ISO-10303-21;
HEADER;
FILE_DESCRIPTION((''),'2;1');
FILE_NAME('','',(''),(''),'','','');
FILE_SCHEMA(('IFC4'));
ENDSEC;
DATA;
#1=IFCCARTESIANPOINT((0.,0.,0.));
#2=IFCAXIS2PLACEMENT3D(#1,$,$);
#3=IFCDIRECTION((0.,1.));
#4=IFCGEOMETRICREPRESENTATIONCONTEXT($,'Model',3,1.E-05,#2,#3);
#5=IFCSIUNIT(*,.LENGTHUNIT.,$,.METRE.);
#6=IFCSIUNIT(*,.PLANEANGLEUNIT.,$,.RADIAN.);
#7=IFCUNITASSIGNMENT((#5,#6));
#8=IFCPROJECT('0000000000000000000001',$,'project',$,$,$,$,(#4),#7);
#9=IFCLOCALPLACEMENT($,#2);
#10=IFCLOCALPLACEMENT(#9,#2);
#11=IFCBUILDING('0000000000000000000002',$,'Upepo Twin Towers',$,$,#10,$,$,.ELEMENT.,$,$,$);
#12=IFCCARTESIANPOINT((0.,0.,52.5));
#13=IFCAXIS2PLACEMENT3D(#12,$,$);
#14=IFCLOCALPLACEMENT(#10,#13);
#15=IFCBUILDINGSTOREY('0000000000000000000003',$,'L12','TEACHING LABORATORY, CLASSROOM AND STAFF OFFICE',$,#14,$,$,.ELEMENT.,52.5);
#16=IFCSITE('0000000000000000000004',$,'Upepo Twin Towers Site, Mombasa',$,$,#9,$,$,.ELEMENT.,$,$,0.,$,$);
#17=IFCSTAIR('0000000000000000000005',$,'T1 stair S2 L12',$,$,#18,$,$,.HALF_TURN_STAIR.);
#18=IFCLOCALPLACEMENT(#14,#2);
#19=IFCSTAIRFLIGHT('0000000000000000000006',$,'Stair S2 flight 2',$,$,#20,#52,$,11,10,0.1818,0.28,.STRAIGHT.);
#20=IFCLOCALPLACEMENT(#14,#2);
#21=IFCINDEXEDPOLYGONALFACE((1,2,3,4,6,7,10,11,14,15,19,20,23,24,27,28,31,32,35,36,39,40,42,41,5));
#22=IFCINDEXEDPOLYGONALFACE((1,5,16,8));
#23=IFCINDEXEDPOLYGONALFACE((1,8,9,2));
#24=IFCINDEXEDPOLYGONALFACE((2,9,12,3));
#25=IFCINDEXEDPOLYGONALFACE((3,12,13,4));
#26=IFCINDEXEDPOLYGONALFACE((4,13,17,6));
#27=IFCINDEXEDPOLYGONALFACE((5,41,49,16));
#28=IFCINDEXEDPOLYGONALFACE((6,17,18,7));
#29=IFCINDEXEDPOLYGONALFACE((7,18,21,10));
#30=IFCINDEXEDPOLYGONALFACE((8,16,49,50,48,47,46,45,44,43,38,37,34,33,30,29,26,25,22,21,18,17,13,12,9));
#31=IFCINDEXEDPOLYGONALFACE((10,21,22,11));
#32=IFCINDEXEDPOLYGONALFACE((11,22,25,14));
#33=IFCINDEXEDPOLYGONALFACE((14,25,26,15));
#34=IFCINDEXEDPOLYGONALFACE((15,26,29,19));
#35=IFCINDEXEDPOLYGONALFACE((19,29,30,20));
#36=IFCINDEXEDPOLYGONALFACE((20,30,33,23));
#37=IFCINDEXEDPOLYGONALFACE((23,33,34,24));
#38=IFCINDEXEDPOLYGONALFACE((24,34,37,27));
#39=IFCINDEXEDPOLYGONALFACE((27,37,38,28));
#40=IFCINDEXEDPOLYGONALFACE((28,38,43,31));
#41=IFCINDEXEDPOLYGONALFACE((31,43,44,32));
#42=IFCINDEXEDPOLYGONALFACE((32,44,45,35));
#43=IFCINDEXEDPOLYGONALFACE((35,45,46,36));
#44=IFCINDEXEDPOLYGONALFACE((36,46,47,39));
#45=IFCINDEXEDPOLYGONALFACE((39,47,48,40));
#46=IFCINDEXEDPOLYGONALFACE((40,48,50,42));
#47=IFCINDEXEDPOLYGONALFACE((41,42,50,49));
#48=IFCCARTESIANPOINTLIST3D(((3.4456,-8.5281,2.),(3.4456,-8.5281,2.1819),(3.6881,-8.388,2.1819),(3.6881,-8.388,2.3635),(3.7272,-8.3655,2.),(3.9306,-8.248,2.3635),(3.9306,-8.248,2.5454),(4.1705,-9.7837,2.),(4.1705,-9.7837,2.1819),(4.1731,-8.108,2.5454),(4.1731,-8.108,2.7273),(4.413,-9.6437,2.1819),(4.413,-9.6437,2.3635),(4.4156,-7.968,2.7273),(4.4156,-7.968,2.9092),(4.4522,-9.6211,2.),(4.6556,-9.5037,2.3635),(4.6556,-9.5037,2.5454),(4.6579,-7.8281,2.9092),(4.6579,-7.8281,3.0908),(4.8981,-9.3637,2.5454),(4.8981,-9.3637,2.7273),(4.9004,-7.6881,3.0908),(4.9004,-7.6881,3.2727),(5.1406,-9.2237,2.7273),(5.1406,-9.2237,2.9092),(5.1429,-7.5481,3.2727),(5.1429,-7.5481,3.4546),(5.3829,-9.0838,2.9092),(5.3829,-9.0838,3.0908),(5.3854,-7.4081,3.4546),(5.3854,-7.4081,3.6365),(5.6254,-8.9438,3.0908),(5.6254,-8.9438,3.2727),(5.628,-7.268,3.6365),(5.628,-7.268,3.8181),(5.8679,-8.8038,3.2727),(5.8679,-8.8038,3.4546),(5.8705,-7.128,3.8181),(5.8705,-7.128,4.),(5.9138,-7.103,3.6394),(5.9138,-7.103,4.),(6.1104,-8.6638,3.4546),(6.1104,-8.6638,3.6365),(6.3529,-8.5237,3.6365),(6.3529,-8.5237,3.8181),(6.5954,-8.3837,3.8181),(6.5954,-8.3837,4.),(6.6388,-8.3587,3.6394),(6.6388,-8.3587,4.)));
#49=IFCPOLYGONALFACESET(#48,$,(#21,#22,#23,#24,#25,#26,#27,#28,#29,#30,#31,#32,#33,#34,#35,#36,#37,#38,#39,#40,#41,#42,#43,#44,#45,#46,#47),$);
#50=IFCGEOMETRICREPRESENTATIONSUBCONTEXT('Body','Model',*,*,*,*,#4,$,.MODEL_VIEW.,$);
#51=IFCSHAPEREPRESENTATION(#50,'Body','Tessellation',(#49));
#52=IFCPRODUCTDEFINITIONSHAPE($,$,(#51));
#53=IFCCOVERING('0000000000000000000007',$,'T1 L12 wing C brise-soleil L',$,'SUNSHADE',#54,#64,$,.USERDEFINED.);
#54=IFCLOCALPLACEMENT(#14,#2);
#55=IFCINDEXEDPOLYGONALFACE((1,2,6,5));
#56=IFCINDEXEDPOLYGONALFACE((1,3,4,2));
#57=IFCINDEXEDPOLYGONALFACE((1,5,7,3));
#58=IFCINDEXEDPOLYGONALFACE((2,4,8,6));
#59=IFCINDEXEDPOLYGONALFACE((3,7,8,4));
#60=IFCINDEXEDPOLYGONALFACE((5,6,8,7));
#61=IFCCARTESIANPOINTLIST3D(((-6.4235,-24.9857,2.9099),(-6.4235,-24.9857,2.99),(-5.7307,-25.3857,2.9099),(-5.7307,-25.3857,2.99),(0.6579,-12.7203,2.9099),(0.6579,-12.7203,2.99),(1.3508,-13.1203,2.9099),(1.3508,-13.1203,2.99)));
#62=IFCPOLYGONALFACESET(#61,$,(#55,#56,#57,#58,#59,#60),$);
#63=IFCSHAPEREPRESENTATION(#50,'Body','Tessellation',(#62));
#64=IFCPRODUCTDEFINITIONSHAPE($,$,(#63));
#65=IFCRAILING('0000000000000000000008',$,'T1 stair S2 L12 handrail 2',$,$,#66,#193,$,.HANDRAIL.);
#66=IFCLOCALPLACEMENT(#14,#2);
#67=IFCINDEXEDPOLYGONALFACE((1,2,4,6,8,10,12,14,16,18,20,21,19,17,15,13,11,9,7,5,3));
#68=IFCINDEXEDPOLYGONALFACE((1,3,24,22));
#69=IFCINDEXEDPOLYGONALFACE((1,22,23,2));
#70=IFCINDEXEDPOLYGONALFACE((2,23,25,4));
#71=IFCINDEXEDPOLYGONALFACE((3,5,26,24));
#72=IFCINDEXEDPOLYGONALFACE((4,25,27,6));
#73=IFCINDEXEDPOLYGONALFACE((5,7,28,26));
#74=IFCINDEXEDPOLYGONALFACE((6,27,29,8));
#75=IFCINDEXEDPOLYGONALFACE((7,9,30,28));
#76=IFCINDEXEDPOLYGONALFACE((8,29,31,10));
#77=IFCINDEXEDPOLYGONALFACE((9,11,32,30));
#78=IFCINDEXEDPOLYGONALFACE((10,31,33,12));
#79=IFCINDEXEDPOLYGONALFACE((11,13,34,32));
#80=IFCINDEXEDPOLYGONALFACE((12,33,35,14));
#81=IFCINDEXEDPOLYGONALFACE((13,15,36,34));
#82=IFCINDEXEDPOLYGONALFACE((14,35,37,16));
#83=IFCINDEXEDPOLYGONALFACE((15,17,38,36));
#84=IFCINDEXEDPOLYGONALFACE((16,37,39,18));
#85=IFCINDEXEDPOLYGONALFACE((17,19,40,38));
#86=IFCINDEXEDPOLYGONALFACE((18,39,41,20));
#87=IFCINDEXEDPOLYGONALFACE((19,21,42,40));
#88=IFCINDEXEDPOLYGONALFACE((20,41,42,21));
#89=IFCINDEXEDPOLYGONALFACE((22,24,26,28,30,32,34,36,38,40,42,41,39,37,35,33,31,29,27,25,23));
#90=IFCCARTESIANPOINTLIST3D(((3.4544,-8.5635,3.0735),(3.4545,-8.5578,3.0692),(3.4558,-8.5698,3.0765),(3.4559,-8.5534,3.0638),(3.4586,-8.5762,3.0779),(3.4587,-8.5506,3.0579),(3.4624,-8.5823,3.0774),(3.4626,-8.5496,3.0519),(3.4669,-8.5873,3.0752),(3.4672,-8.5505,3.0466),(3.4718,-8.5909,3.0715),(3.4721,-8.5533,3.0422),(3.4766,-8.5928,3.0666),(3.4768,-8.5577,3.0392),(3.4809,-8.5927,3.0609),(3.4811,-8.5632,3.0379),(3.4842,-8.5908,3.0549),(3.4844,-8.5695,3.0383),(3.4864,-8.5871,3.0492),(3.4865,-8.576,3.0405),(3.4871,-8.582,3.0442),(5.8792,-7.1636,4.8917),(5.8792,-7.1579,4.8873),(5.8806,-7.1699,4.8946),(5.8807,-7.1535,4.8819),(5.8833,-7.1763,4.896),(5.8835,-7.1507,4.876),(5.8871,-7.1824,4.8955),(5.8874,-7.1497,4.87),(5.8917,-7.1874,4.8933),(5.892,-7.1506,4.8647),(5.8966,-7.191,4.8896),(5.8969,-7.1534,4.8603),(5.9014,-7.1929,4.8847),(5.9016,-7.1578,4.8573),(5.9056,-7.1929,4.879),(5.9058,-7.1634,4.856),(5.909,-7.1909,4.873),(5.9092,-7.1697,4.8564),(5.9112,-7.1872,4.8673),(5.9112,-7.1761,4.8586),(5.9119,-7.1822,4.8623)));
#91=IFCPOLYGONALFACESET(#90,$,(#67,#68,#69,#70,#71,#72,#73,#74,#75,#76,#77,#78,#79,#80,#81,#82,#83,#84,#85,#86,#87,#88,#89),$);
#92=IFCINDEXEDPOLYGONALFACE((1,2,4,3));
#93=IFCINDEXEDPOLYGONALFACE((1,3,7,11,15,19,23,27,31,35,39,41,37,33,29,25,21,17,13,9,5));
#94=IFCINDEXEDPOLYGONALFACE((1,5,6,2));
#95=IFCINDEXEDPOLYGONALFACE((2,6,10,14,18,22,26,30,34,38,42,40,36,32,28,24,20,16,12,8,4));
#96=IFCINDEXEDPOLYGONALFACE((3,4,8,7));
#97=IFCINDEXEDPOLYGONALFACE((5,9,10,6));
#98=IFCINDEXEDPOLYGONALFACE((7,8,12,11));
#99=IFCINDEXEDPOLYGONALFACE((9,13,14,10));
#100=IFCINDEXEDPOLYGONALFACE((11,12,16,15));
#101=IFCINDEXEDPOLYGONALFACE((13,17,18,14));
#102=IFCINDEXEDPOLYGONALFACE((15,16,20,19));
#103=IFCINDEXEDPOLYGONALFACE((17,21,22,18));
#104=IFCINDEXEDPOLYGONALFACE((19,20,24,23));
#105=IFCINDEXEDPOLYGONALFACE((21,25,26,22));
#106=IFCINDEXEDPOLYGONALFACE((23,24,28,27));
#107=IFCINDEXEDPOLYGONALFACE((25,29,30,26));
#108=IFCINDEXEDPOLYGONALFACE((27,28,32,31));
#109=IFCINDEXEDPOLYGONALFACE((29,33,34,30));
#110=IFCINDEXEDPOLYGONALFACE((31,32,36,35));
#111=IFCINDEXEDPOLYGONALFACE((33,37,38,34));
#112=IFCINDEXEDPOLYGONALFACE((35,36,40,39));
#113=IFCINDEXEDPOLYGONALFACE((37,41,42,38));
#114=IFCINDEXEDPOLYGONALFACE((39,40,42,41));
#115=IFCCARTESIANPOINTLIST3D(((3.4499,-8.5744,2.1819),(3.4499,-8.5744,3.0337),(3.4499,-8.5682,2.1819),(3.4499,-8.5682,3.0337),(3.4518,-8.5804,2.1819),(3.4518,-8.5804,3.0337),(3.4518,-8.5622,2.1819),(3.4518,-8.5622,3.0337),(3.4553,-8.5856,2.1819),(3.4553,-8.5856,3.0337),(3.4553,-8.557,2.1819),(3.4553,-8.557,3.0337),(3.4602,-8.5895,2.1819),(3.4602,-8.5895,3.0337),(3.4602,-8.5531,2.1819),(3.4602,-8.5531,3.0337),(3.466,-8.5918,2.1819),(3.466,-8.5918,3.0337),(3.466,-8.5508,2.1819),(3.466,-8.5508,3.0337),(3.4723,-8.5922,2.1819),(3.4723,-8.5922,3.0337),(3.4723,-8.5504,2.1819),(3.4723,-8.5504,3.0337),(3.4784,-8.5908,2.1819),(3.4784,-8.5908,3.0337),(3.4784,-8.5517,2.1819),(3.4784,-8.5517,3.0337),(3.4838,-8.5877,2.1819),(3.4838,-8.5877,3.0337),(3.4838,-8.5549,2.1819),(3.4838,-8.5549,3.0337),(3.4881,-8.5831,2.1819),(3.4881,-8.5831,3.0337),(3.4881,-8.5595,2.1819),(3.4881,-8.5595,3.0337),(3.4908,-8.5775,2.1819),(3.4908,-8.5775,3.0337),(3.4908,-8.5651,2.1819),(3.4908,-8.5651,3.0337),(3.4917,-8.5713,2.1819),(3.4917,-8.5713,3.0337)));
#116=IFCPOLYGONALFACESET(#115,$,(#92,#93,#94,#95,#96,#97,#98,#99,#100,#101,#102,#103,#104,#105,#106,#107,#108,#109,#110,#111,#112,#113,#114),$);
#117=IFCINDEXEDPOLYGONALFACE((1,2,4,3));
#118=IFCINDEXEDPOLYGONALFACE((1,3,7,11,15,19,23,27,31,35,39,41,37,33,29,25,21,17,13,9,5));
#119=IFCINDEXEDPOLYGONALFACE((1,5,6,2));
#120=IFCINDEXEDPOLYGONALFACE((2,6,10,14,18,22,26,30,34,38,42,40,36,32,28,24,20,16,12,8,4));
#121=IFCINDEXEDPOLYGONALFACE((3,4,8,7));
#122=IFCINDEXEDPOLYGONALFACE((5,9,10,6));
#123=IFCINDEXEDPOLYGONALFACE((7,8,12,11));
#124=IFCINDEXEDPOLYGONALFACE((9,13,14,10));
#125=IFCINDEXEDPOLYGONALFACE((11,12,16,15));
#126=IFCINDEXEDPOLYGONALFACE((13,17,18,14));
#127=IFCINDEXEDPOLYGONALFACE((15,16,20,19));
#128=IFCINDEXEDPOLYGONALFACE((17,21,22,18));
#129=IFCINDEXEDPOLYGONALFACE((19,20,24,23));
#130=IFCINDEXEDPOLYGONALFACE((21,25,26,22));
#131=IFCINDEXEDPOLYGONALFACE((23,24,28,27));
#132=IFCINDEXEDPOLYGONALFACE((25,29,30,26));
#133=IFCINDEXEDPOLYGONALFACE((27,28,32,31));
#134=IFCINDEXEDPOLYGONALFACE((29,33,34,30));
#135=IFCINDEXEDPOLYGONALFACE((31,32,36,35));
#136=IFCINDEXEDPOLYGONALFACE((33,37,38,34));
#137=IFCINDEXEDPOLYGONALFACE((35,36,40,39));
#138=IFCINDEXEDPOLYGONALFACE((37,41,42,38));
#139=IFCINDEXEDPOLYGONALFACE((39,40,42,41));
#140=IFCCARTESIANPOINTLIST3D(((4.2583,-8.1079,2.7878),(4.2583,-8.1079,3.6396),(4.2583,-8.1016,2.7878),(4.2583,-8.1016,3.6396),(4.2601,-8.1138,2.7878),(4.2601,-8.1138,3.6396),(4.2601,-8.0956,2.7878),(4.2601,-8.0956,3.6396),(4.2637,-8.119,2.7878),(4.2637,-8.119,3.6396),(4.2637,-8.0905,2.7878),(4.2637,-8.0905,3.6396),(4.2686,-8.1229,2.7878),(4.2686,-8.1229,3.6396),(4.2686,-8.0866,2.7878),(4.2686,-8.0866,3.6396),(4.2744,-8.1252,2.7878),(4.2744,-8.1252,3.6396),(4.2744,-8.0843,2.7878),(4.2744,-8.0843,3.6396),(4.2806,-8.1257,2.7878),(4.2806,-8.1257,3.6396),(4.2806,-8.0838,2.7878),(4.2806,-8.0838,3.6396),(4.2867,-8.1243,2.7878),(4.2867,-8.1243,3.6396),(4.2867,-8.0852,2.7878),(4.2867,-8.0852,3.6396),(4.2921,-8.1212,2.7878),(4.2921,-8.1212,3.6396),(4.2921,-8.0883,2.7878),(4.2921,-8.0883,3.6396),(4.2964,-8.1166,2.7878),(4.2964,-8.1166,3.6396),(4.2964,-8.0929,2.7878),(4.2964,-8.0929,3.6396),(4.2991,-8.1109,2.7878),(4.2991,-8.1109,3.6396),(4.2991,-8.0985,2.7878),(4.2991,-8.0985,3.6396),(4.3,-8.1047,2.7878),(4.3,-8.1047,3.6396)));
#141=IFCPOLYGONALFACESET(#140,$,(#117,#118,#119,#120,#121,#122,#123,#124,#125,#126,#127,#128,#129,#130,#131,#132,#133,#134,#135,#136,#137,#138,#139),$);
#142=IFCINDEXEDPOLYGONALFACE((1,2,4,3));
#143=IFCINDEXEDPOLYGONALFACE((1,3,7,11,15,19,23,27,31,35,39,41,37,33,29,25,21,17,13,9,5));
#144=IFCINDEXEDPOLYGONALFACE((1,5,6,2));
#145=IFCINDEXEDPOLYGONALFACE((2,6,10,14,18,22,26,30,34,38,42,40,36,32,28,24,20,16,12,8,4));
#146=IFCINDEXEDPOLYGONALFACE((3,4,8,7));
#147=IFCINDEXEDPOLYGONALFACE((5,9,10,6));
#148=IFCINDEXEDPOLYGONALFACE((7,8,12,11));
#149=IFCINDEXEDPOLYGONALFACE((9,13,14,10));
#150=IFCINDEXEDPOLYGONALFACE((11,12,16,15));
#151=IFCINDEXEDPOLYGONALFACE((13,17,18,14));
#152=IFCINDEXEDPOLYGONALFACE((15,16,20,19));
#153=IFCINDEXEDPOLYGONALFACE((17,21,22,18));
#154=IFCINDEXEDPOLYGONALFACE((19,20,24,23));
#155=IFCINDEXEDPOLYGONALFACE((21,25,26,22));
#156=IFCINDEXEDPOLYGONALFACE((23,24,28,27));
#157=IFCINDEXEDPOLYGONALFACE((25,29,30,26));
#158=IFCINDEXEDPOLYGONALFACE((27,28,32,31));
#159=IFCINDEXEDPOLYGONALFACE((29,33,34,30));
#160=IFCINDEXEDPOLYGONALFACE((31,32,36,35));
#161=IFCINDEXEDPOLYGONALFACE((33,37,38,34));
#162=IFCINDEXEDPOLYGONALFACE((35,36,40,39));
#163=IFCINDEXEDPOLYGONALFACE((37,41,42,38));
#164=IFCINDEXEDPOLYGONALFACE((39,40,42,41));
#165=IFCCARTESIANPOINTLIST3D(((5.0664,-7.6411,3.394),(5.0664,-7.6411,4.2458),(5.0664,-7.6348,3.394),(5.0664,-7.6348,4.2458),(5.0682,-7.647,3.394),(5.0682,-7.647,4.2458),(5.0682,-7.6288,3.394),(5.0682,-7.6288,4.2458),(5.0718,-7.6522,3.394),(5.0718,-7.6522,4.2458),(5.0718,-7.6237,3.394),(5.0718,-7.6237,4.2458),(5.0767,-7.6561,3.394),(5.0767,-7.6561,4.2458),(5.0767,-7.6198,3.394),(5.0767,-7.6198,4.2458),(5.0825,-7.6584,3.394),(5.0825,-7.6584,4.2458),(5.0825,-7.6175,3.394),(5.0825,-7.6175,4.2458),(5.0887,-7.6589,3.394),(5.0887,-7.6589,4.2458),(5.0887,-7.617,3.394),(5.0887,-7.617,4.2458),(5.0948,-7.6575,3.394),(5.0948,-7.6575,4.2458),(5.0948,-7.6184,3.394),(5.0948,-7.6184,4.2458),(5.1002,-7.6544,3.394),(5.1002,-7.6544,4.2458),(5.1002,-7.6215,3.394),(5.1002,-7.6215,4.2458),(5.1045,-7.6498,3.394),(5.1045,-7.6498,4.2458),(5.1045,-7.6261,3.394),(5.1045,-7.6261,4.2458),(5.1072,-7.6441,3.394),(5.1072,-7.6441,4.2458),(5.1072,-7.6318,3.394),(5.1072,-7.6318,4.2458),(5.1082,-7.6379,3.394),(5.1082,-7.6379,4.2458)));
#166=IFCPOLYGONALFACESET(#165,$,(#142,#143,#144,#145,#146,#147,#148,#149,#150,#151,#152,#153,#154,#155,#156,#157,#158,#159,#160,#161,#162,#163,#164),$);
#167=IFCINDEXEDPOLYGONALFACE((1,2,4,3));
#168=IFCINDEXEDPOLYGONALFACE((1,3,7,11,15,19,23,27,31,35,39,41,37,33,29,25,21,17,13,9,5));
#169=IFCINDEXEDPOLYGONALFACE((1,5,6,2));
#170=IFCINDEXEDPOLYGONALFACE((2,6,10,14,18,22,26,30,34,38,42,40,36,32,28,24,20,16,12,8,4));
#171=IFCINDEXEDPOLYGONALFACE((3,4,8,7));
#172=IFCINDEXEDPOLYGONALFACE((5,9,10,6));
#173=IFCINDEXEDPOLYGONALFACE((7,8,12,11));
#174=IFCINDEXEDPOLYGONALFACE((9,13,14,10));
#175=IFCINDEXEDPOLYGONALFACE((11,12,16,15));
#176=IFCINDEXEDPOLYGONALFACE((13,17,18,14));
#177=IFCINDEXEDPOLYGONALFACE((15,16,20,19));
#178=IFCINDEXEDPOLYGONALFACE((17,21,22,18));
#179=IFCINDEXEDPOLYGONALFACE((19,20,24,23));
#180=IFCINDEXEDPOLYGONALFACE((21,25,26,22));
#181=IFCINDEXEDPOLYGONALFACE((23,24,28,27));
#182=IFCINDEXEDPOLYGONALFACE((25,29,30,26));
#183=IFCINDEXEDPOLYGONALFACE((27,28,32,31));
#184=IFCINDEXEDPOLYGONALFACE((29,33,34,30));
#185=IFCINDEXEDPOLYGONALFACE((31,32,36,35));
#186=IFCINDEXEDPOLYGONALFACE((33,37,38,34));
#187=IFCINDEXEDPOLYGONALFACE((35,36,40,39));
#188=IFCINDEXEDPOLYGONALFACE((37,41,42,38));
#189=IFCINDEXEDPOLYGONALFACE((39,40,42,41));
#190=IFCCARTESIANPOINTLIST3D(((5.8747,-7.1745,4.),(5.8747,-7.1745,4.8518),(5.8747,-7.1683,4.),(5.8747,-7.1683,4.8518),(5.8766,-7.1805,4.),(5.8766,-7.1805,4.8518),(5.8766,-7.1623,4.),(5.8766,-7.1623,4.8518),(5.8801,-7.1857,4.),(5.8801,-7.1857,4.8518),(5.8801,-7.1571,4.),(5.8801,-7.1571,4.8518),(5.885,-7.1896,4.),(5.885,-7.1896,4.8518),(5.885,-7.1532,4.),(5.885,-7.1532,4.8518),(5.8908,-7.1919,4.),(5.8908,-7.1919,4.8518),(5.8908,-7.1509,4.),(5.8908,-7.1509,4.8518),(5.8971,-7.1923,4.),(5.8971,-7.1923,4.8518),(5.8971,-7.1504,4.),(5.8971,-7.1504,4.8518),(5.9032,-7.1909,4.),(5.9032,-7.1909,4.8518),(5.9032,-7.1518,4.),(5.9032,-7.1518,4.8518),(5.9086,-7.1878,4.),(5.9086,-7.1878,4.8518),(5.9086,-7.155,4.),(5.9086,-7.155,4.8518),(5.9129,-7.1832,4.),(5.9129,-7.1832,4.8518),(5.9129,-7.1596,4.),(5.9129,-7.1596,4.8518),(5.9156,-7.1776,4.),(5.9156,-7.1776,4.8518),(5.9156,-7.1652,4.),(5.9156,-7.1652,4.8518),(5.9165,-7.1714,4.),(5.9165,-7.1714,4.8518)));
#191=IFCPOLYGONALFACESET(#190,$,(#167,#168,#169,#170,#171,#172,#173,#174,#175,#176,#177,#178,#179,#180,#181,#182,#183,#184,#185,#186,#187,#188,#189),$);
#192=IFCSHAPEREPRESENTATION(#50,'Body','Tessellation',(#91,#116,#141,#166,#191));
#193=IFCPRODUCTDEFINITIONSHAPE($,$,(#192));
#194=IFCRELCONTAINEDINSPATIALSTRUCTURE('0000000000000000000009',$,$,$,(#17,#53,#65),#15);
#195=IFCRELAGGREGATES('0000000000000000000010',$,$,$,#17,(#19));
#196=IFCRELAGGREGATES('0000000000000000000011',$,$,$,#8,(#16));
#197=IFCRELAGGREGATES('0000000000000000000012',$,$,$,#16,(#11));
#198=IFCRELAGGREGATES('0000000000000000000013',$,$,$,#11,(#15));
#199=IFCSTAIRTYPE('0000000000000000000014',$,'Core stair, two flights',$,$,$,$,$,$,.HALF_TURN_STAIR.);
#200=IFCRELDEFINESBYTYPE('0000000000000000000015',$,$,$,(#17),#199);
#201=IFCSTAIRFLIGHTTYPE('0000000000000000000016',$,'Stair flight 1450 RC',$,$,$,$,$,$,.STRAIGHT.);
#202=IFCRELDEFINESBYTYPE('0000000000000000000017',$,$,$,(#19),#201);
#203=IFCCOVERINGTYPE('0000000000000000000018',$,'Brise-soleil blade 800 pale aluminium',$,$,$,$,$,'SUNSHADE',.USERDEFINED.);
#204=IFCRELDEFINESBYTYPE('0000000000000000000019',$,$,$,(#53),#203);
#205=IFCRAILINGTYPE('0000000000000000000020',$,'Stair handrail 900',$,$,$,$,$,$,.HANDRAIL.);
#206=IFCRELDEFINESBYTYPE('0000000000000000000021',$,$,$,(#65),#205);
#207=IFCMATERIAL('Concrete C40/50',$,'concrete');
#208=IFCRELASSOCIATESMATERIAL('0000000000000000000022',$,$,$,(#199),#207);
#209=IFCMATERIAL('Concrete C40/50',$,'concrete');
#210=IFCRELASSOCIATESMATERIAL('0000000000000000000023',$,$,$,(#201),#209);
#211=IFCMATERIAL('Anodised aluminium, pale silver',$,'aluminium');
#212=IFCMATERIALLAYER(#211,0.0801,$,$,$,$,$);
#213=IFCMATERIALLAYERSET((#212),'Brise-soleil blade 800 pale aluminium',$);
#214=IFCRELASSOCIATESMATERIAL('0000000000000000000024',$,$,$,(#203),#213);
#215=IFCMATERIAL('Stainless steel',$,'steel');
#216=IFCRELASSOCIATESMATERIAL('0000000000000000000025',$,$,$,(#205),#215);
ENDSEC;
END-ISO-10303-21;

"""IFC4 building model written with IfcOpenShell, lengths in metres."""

from ifc_helpers import new_model, si_unit, direction, frame, origin, origin_2d, place, context, subcontext, project, spatial, polyline, rectangle, circle, outline, extrude, material, layer, layer_set, type_object, element, aggregate, save


model = new_model("IFC4")

# Units and contexts
model_context = context("Model", 3, precision=1e-05, world=origin(), true_north=direction((0.0, 1.0)))
body_context = subcontext(model_context, "Body", "Model", "MODEL_VIEW")
ifc_project = project(units=[si_unit("LENGTHUNIT", "METRE"), si_unit("PLANEANGLEUNIT", "RADIAN")], contexts=[model_context])

# Site, building, storey
site_placement = place(None, origin())
site = spatial("IfcSite", under=ifc_project, at=site_placement, Name="Upepo Twin Towers Site, Mombasa", CompositionType="ELEMENT", RefElevation=0.0)
building_placement = place(site_placement, origin())
building = spatial("IfcBuilding", under=site, at=building_placement, Name="Upepo Twin Towers", CompositionType="ELEMENT")
storey_placement = place(building_placement, frame((0.0, 0.0, 52.5)))
storey = spatial("IfcBuildingStorey", under=building, at=storey_placement, Name="L12", Description="TEACHING LABORATORY, CLASSROOM AND STAFF OFFICE", CompositionType="ELEMENT", Elevation=52.5)

# Stair, stair flight
ifc_material_1 = material(Name="Concrete C40/50", Category="concrete")
stair_type = type_object("IfcStairType", Name="Core stair, two flights", PredefinedType="HALF_TURN_STAIR", material=ifc_material_1)
stair_placement = place(storey_placement, origin())
stair = element("IfcStair", 1, at=stair_placement, inside=storey, type_object=stair_type, Name="T1 stair S2 L12", PredefinedType="HALF_TURN_STAIR")
ifc_material_2 = material(Name="Concrete C40/50", Category="concrete")
stair_flight_type = type_object("IfcStairFlightType", Name="Stair flight 1450 RC", PredefinedType="STRAIGHT", material=ifc_material_2)
stair_flight_placement = place(storey_placement, frame((3.8081, -9.156, 2.0), z_axis=(0.0, 0.0, 1.0), x_axis=(0.866025, 0.5, 0.0)))
stair_flight = element("IfcStairFlight", 2, at=stair_flight_placement, type_object=stair_flight_type, Name="Stair S2 flight 2", NumberOfRisers=11, NumberOfTreads=10, PredefinedType="STRAIGHT", RiserHeight=0.1818, TreadLength=0.28, context=body_context, shape_type="SweptSolid", body=[
    extrude(outline(polyline([(0.0, 0.0), (0.0, 0.1819), (0.28, 0.1819), (0.28, 0.3635), (0.5601, 0.3635), (0.5601, 0.5454), (0.8401, 0.5454), (0.8401, 0.7273), (1.1201, 0.7273), (1.1201, 0.9092), (1.3999, 0.9092), (1.3999, 1.0908), (1.6799, 1.0908), (1.6799, 1.2727), (1.96, 1.2727), (1.96, 1.4546), (2.24, 1.4546), (2.24, 1.6365), (2.52, 1.6365), (2.52, 1.8181), (2.8, 1.8181), (2.8, 2.0), (2.8501, 2.0), (2.8501, 1.6394), (0.3252, 0.0), (0.0, 0.0)])), frame((0.0, 0.7251, 0.0), z_axis=(0.0, -1.0, 0.0), x_axis=(1.0, 0.0, 0.0)), (0.0, 0.0, 1.0), 1.45),
])
aggregate(stair, [stair_flight])

# Covering
ifc_material_3 = material(Name="Anodised aluminium, pale silver", Category="aluminium")
ifc_layer_1 = layer(ifc_material_3, 0.0801)
ifc_layer_set_1 = layer_set([ifc_layer_1], Name="Brise-soleil blade 800 pale aluminium")
covering_type = type_object("IfcCoveringType", Name="Brise-soleil blade 800 pale aluminium", ElementType="SUNSHADE", PredefinedType="USERDEFINED", material=ifc_layer_set_1)
covering_placement = place(storey_placement, frame((-2.5364, -19.053, 2.9099), z_axis=(0.0, 0.0, 1.0), x_axis=(-0.5, -0.866025, 0.0)))
element("IfcCovering", 3, at=covering_placement, inside=storey, type_object=covering_type, Name="T1 L12 wing C brise-soleil L", ObjectType="SUNSHADE", PredefinedType="USERDEFINED", context=body_context, shape_type="SweptSolid", body=[
    extrude(rectangle(XDim=14.1628, YDim=0.8, at=origin_2d()), origin(), (0.0, 0.0, 1.0), 0.0801),
])

# Railing
ifc_material_4 = material(Name="Stainless steel", Category="steel")
railing_type = type_object("IfcRailingType", Name="Stair handrail 900", PredefinedType="HANDRAIL", material=ifc_material_4)
railing_placement = place(storey_placement, frame((3.4707, -8.5713, 2.1819)))
element("IfcRailing", 4, at=railing_placement, inside=storey, type_object=railing_type, Name="T1 stair S2 L12 handrail 2", PredefinedType="HANDRAIL", context=body_context, shape_type="SweptSolid", body=[
    extrude(circle(Radius=0.0239, at=origin_2d()), frame((0.0, 0.0, 0.876), z_axis=(0.726336, 0.419333, 0.544606), x_axis=(-0.499984, 0.866035, 0.0)), (0.0, 0.0, 1.0), 3.3384),
    extrude(circle(Radius=0.021, at=origin_2d()), origin(), (0.0, 0.0, 1.0), 0.8518),
    extrude(circle(Radius=0.021, at=origin_2d()), frame((0.8083, 0.4666, 0.606)), (0.0, 0.0, 1.0), 0.8518),
    extrude(circle(Radius=0.021, at=origin_2d()), frame((1.6165, 0.9333, 1.2122)), (0.0, 0.0, 1.0), 0.8518),
    extrude(circle(Radius=0.021, at=origin_2d()), frame((2.4248, 1.3999, 1.8181)), (0.0, 0.0, 1.0), 0.8518),
])

save(model, "model.ifc")
